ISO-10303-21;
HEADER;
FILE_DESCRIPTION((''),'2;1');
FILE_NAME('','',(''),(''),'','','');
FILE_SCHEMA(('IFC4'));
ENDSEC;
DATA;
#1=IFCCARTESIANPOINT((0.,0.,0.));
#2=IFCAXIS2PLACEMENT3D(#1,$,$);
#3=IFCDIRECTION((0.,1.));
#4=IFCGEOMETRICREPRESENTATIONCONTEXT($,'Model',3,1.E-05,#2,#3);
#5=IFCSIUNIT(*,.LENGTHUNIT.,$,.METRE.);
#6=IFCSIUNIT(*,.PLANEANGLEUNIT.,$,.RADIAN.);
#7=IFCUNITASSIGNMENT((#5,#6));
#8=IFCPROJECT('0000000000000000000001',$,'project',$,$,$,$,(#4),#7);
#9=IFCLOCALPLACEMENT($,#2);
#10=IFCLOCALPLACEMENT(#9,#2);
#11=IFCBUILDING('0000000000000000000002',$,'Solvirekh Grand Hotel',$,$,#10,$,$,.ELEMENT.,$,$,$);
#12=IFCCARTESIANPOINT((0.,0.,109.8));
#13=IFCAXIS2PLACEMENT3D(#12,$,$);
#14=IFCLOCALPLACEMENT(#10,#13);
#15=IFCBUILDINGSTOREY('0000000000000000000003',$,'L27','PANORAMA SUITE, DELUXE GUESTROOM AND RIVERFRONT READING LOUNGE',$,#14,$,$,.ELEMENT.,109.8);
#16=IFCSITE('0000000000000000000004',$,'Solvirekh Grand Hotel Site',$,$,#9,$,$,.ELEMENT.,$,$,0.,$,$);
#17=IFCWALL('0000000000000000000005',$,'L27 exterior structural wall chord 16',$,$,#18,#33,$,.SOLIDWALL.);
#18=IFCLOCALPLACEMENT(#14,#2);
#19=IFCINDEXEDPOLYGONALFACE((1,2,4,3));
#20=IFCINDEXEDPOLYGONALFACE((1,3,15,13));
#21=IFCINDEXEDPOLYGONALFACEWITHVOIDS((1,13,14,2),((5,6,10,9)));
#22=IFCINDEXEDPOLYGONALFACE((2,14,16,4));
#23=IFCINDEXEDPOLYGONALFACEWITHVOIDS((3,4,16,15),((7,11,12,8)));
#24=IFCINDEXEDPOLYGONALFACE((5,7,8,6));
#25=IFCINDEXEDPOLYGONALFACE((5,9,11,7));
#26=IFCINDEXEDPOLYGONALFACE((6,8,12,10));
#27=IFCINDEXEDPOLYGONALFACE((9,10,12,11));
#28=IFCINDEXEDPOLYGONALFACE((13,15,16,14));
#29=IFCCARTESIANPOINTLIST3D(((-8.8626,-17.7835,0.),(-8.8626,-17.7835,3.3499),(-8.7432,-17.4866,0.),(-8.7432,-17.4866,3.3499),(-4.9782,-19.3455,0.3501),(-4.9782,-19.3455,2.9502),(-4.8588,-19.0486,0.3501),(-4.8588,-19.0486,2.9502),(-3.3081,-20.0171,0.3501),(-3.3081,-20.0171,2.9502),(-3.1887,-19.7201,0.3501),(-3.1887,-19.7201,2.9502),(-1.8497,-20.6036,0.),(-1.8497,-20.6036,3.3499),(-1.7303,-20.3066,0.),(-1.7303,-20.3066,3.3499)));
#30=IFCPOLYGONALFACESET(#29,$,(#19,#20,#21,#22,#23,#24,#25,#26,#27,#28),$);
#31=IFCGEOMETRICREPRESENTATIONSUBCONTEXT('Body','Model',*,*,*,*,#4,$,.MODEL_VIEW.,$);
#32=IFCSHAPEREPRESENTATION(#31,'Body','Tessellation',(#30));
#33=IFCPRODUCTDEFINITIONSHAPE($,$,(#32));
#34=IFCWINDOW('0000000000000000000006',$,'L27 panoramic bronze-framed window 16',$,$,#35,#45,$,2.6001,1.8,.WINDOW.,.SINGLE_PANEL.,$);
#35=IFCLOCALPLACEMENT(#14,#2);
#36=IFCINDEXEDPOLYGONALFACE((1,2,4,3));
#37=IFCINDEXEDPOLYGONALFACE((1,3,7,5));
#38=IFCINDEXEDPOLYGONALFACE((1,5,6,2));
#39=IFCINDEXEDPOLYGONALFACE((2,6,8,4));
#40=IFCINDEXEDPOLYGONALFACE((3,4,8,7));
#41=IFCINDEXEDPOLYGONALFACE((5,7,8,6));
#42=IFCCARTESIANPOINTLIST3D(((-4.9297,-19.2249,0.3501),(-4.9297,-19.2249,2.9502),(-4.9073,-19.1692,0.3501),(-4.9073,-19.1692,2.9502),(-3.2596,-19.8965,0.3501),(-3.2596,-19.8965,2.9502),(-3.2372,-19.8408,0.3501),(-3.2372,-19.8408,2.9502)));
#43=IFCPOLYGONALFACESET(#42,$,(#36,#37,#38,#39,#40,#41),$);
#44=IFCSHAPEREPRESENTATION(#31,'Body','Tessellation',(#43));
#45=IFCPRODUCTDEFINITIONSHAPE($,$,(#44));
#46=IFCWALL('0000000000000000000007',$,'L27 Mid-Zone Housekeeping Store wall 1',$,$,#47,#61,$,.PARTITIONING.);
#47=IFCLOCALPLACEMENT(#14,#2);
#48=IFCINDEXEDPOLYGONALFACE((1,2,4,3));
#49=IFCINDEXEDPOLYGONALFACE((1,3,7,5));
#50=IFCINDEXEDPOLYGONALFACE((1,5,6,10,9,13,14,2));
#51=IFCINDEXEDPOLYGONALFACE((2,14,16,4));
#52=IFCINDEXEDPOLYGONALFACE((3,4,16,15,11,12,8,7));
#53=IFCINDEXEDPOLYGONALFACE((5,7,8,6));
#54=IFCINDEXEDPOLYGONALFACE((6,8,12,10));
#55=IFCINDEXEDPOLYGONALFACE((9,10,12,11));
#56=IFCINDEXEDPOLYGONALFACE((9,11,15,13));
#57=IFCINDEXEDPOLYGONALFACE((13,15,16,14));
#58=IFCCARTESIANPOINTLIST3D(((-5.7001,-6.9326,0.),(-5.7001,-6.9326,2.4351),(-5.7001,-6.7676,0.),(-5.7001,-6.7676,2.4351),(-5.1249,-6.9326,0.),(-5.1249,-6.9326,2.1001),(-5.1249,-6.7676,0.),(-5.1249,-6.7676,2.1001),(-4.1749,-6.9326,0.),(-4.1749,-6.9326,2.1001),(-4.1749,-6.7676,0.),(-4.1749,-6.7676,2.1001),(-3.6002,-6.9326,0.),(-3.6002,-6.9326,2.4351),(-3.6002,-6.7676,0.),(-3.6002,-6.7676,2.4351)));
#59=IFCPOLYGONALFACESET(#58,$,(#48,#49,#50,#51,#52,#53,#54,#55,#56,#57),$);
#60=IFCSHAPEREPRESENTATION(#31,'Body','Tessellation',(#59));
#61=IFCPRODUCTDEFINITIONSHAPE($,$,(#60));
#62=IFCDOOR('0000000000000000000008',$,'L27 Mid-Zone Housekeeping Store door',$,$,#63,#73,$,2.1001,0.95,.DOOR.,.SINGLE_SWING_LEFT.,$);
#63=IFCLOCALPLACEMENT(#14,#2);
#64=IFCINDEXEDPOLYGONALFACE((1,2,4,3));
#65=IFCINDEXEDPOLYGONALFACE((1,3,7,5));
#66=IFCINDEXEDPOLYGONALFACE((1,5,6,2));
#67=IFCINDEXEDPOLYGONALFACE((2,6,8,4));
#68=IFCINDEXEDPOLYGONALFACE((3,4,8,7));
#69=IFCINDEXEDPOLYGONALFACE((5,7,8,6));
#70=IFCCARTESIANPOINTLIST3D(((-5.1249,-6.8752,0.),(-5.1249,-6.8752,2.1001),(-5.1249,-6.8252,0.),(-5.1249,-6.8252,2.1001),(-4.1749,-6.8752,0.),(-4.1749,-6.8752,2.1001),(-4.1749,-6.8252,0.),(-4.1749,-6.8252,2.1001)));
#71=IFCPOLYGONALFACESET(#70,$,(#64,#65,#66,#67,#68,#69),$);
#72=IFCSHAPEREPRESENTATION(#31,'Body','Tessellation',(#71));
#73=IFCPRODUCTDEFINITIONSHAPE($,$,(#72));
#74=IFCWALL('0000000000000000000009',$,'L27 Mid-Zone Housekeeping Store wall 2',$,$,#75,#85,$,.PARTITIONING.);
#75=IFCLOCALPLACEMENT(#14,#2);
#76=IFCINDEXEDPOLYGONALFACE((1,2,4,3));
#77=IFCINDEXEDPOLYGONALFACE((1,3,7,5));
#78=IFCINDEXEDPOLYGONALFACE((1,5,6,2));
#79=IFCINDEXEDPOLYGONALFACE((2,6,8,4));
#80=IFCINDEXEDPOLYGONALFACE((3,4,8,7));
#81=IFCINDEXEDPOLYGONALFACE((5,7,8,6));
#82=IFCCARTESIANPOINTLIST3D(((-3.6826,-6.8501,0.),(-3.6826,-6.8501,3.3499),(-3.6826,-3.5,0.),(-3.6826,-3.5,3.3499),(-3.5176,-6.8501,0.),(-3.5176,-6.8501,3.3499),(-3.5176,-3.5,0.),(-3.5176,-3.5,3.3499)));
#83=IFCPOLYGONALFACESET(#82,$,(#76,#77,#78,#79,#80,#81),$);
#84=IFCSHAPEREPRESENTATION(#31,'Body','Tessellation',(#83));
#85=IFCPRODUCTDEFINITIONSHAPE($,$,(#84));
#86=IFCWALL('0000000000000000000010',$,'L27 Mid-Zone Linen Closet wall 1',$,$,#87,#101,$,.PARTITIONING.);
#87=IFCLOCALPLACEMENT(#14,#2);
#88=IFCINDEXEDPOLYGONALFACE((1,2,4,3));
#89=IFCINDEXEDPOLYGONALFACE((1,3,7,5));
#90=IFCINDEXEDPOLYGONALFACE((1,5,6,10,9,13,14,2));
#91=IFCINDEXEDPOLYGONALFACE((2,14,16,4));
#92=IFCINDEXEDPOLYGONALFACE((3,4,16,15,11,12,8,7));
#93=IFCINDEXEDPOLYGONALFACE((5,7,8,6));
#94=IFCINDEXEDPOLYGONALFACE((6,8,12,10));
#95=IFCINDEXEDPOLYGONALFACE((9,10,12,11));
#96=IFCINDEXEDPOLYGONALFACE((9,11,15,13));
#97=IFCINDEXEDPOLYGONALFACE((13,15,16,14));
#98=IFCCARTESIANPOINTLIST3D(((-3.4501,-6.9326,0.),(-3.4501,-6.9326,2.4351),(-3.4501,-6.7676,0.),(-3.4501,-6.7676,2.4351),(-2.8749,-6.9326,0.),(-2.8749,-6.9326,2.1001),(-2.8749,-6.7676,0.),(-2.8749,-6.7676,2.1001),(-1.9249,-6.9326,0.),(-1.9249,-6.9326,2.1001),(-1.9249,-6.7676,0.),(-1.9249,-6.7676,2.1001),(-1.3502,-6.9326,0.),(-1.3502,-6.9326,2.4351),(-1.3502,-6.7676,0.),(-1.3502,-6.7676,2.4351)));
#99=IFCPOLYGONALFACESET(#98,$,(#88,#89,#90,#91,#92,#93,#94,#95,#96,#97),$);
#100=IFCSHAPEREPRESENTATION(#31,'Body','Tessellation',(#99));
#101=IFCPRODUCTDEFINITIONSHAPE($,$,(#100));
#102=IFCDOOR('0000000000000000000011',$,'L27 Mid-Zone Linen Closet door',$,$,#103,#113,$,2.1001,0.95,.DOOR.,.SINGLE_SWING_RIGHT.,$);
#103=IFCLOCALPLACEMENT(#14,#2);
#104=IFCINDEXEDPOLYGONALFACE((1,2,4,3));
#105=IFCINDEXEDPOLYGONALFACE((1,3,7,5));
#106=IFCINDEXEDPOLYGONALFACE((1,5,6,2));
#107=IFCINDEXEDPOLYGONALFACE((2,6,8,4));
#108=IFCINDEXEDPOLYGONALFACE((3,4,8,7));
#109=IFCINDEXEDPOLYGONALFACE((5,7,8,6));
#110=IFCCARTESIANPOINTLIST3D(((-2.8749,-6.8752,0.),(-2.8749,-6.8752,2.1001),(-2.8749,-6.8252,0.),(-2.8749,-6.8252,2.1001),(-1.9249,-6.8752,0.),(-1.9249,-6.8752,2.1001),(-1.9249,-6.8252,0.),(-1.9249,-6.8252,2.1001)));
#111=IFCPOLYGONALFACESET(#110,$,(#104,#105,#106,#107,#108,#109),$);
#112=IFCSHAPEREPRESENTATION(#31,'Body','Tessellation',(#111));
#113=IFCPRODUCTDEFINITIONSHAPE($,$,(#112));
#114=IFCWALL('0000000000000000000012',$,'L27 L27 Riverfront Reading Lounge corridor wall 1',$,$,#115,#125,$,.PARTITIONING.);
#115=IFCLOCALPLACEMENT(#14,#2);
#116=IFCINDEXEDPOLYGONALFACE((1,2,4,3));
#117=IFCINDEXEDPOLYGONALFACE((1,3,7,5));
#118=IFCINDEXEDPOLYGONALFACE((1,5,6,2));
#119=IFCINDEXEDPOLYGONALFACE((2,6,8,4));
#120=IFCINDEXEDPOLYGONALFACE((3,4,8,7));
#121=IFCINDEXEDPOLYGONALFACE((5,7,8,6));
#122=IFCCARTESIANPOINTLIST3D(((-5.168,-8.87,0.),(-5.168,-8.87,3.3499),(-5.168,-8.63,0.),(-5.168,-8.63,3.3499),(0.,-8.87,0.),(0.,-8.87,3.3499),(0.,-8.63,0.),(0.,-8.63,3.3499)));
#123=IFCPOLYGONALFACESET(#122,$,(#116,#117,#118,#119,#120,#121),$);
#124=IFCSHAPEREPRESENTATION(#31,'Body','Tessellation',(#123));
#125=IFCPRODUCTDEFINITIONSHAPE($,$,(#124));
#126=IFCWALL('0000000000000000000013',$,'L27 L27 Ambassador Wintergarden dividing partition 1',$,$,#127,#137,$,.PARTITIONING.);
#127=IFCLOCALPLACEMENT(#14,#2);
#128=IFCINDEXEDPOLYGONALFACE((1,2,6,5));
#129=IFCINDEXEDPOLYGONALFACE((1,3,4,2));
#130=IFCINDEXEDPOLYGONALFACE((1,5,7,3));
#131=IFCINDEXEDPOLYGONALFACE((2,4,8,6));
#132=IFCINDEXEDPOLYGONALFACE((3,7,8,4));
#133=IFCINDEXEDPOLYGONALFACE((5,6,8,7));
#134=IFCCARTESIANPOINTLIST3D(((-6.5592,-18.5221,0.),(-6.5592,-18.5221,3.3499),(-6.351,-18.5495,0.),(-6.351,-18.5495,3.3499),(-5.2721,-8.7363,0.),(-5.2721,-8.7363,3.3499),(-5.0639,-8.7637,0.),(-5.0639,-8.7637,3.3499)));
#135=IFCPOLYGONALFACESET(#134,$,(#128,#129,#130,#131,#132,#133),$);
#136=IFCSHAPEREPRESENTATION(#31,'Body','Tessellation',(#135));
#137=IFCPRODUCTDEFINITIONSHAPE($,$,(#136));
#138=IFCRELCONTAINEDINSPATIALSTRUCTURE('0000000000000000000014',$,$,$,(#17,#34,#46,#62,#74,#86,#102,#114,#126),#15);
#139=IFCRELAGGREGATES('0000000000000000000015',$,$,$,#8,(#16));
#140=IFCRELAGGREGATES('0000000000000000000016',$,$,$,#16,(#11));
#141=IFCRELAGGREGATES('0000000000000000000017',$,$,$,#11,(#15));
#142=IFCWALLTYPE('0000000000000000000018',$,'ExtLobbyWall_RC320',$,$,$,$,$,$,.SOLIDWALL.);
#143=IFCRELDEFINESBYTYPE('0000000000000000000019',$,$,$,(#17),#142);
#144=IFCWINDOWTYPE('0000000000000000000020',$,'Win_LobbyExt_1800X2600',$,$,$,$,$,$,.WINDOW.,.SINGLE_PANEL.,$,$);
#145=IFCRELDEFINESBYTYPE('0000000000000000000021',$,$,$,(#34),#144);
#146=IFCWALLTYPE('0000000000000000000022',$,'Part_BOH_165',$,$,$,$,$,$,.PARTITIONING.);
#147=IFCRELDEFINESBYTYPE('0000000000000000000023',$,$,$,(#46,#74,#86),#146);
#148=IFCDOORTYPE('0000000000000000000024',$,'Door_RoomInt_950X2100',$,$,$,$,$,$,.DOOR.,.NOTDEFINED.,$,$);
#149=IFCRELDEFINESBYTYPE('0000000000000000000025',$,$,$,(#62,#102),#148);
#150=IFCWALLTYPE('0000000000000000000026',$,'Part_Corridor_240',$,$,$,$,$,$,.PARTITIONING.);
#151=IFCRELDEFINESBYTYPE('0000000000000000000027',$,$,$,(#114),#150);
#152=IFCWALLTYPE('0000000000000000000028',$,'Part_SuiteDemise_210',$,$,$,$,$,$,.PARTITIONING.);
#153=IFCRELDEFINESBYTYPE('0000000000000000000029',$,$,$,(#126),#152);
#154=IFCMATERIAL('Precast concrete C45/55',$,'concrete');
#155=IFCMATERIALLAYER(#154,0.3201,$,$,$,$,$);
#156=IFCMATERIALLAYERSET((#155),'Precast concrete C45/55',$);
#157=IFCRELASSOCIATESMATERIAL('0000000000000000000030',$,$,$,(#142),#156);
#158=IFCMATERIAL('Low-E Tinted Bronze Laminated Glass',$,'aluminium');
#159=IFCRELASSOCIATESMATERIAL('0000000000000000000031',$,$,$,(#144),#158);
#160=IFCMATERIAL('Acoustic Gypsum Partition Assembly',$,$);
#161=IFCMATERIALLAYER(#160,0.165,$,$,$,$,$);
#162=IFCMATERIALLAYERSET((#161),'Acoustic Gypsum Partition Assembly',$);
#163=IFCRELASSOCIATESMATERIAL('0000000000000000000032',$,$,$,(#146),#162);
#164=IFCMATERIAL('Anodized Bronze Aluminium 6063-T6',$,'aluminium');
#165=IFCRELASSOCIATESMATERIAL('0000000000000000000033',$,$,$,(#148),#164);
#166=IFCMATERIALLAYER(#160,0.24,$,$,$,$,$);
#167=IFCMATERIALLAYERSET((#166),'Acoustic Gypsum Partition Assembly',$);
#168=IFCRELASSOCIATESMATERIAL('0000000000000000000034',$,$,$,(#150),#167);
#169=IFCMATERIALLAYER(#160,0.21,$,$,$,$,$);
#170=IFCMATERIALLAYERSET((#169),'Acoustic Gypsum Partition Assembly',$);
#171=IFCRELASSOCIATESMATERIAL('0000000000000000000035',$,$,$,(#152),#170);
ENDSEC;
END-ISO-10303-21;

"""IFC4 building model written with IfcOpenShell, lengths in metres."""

from ifc_helpers import new_model, si_unit, direction, frame, frame_2d, origin, place, context, subcontext, project, spatial, rectangle, extrude, material, layer, layer_set, type_object, element, fill, save


model = new_model("IFC4")

# Units and contexts
model_context = context("Model", 3, precision=1e-05, world=origin(), true_north=direction((0.0, 1.0)))
body_context = subcontext(model_context, "Body", "Model", "MODEL_VIEW")
ifc_project = project(units=[si_unit("LENGTHUNIT", "METRE"), si_unit("PLANEANGLEUNIT", "RADIAN")], contexts=[model_context])

# Site, building, storey
site_placement = place(None, origin())
site = spatial("IfcSite", under=ifc_project, at=site_placement, Name="Solvirekh Grand Hotel Site", CompositionType="ELEMENT", RefElevation=0.0)
building_placement = place(site_placement, origin())
building = spatial("IfcBuilding", under=site, at=building_placement, Name="Solvirekh Grand Hotel", CompositionType="ELEMENT")
storey_placement = place(building_placement, frame((0.0, 0.0, 109.8)))
storey = spatial("IfcBuildingStorey", under=building, at=storey_placement, Name="L27", Description="PANORAMA SUITE, DELUXE GUESTROOM AND RIVERFRONT READING LOUNGE", CompositionType="ELEMENT", Elevation=109.8)

# Shared definitions
ifc_material_1 = material(Name="Anodized Bronze Aluminium 6063-T6", Category="aluminium")

# Wall, opening, window
ifc_material_2 = material(Name="Precast concrete C45/55", Category="concrete")
ifc_layer_1 = layer(ifc_material_2, 0.3201)
ifc_layer_set_1 = layer_set([ifc_layer_1], Name="Precast concrete C45/55")
wall_type_1 = type_object("IfcWallType", Name="ExtLobbyWall_RC320", PredefinedType="SOLIDWALL", material=ifc_layer_set_1)
wall_1_placement = place(storey_placement, frame((-1.79, -20.4551, 0.0), z_axis=(0.0, 0.0, 1.0), x_axis=(-0.927796, 0.373089, 0.0)))
wall_1 = element("IfcWall", 1, at=wall_1_placement, inside=storey, type_object=wall_type_1, Name="L27 exterior structural wall chord 16", PredefinedType="SOLIDWALL", context=body_context, shape_type="SweptSolid", body=[
    extrude(rectangle(XDim=7.5586, YDim=0.3201, at=frame_2d((3.7793, 0.0))), origin(), (0.0, 0.0, 1.0), 3.3499),
])
opening_1_placement = place(wall_1_placement, frame((1.572, 0.0, 0.3501)))
opening_1 = element("IfcOpeningElement", 2, at=opening_1_placement, cuts=wall_1, PredefinedType="OPENING", context=body_context, shape_type="SweptSolid", body=[
    extrude(rectangle(XDim=1.8, YDim=2.6001, at=frame_2d((0.8999, 1.3))), frame((0.0, 0.1699, 0.0), z_axis=(0.0, -1.0, 0.0), x_axis=(1.0, 0.0, 0.0)), (0.0, 0.0, 1.0), 0.3401),
])
ifc_material_3 = material(Name="Low-E Tinted Bronze Laminated Glass", Category="aluminium")
window_type = type_object("IfcWindowType", Name="Win_LobbyExt_1800X2600", PartitioningType="SINGLE_PANEL", PredefinedType="WINDOW", material=ifc_material_3)
window_placement = place(opening_1_placement, origin())
window = element("IfcWindow", 3, at=window_placement, inside=storey, type_object=window_type, Name="L27 panoramic bronze-framed window 16", OverallHeight=2.6001, OverallWidth=1.8, PartitioningType="SINGLE_PANEL", PredefinedType="WINDOW", context=body_context, shape_type="SweptSolid", body=[
    extrude(rectangle(XDim=1.8, YDim=2.6001, at=frame_2d((0.8999, 1.3))), frame((0.0, 0.03, 0.0), z_axis=(0.0, -1.0, 0.0), x_axis=(1.0, 0.0, 0.0)), (0.0, 0.0, 1.0), 0.0601),
])
fill(opening_1, window)

# Wall, opening, door
ifc_material_4 = material(Name="Acoustic Gypsum Partition Assembly")
ifc_layer_2 = layer(ifc_material_4, 0.165)
ifc_layer_set_2 = layer_set([ifc_layer_2], Name="Acoustic Gypsum Partition Assembly")
wall_type_2 = type_object("IfcWallType", Name="Part_BOH_165", PredefinedType="PARTITIONING", material=ifc_layer_set_2)
wall_2_placement = place(storey_placement, frame((-5.7, -6.8501, 0.0), z_axis=(0.0, 0.0, 1.0), x_axis=(1.0, 0.0, 0.0)))
wall_2 = element("IfcWall", 4, at=wall_2_placement, inside=storey, type_object=wall_type_2, Name="L27 Mid-Zone Housekeeping Store wall 1", PredefinedType="PARTITIONING", context=body_context, shape_type="SweptSolid", body=[
    extrude(rectangle(XDim=2.0999, YDim=0.165, at=frame_2d((1.0498, 0.0))), origin(), (0.0, 0.0, 1.0), 2.4351),
])
opening_2_placement = place(wall_2_placement, frame((0.575, 0.0, 0.0)))
opening_2 = element("IfcOpeningElement", 5, at=opening_2_placement, cuts=wall_2, PredefinedType="OPENING", context=body_context, shape_type="SweptSolid", body=[
    extrude(rectangle(XDim=0.95, YDim=2.1001, at=frame_2d((0.4751, 1.05))), frame((0.0, 0.0925, 0.0), z_axis=(0.0, -1.0, 0.0), x_axis=(1.0, 0.0, 0.0)), (0.0, 0.0, 1.0), 0.1851),
])
door_type = type_object("IfcDoorType", Name="Door_RoomInt_950X2100", OperationType="NOTDEFINED", PredefinedType="DOOR", material=ifc_material_1)
door_1_placement = place(opening_2_placement, origin())
door_1 = element("IfcDoor", 6, at=door_1_placement, inside=storey, type_object=door_type, Name="L27 Mid-Zone Housekeeping Store door", OperationType="SINGLE_SWING_LEFT", OverallHeight=2.1001, OverallWidth=0.95, PredefinedType="DOOR", context=body_context, shape_type="SweptSolid", body=[
    extrude(rectangle(XDim=0.95, YDim=2.1001, at=frame_2d((0.4751, 1.05))), frame((0.0, 0.0249, 0.0), z_axis=(0.0, -1.0, 0.0), x_axis=(1.0, 0.0, 0.0)), (0.0, 0.0, 1.0), 0.05),
])
fill(opening_2, door_1)

# Wall
wall_3_placement = place(storey_placement, frame((-3.6001, -6.8501, 0.0), z_axis=(0.0, 0.0, 1.0), x_axis=(0.0, 1.0, 0.0)))
element("IfcWall", 7, at=wall_3_placement, inside=storey, type_object=wall_type_2, Name="L27 Mid-Zone Housekeeping Store wall 2", PredefinedType="PARTITIONING", context=body_context, shape_type="SweptSolid", body=[
    extrude(rectangle(XDim=3.3501, YDim=0.165, at=frame_2d((1.675, 0.0))), origin(), (0.0, 0.0, 1.0), 3.3499),
])

# Wall, opening, door
wall_4_placement = place(storey_placement, frame((-3.45, -6.8501, 0.0), z_axis=(0.0, 0.0, 1.0), x_axis=(1.0, 0.0, 0.0)))
wall_4 = element("IfcWall", 8, at=wall_4_placement, inside=storey, type_object=wall_type_2, Name="L27 Mid-Zone Linen Closet wall 1", PredefinedType="PARTITIONING", context=body_context, shape_type="SweptSolid", body=[
    extrude(rectangle(XDim=2.0999, YDim=0.165, at=frame_2d((1.0498, 0.0))), origin(), (0.0, 0.0, 1.0), 2.4351),
])
opening_3_placement = place(wall_4_placement, frame((0.575, 0.0, 0.0)))
opening_3 = element("IfcOpeningElement", 9, at=opening_3_placement, cuts=wall_4, PredefinedType="OPENING", context=body_context, shape_type="SweptSolid", body=[
    extrude(rectangle(XDim=0.95, YDim=2.1001, at=frame_2d((0.4751, 1.05))), frame((0.0, 0.0925, 0.0), z_axis=(0.0, -1.0, 0.0), x_axis=(1.0, 0.0, 0.0)), (0.0, 0.0, 1.0), 0.1851),
])
door_2_placement = place(opening_3_placement, origin())
door_2 = element("IfcDoor", 10, at=door_2_placement, inside=storey, type_object=door_type, Name="L27 Mid-Zone Linen Closet door", OperationType="SINGLE_SWING_RIGHT", OverallHeight=2.1001, OverallWidth=0.95, PredefinedType="DOOR", context=body_context, shape_type="SweptSolid", body=[
    extrude(rectangle(XDim=0.95, YDim=2.1001, at=frame_2d((0.4751, 1.05))), frame((0.0, 0.0249, 0.0), z_axis=(0.0, -1.0, 0.0), x_axis=(1.0, 0.0, 0.0)), (0.0, 0.0, 1.0), 0.05),
])
fill(opening_3, door_2)

# Walls
ifc_layer_3 = layer(ifc_material_4, 0.24)
ifc_layer_set_3 = layer_set([ifc_layer_3], Name="Acoustic Gypsum Partition Assembly")
wall_type_3 = type_object("IfcWallType", Name="Part_Corridor_240", PredefinedType="PARTITIONING", material=ifc_layer_set_3)
wall_5_placement = place(storey_placement, frame((-5.168, -8.75, 0.0), z_axis=(0.0, 0.0, 1.0), x_axis=(1.0, 0.0, 0.0)))
element("IfcWall", 11, at=wall_5_placement, inside=storey, type_object=wall_type_3, Name="L27 L27 Riverfront Reading Lounge corridor wall 1", PredefinedType="PARTITIONING", context=body_context, shape_type="SweptSolid", body=[
    extrude(rectangle(XDim=5.168, YDim=0.24, at=frame_2d((2.584, 0.0))), origin(), (0.0, 0.0, 1.0), 3.3499),
])
ifc_layer_4 = layer(ifc_material_4, 0.21)
ifc_layer_set_4 = layer_set([ifc_layer_4], Name="Acoustic Gypsum Partition Assembly")
wall_type_4 = type_object("IfcWallType", Name="Part_SuiteDemise_210", PredefinedType="PARTITIONING", material=ifc_layer_set_4)
wall_6_placement = place(storey_placement, frame((-5.168, -8.75, 0.0), z_axis=(0.0, 0.0, 1.0), x_axis=(-0.130404, -0.991461, 0.0)))
element("IfcWall", 12, at=wall_6_placement, inside=storey, type_object=wall_type_4, Name="L27 L27 Ambassador Wintergarden dividing partition 1", PredefinedType="PARTITIONING", context=body_context, shape_type="SweptSolid", body=[
    extrude(rectangle(XDim=9.8701, YDim=0.21, at=frame_2d((4.9351, 0.0))), origin(), (0.0, 0.0, 1.0), 3.3499),
])

save(model, "model.ifc")
